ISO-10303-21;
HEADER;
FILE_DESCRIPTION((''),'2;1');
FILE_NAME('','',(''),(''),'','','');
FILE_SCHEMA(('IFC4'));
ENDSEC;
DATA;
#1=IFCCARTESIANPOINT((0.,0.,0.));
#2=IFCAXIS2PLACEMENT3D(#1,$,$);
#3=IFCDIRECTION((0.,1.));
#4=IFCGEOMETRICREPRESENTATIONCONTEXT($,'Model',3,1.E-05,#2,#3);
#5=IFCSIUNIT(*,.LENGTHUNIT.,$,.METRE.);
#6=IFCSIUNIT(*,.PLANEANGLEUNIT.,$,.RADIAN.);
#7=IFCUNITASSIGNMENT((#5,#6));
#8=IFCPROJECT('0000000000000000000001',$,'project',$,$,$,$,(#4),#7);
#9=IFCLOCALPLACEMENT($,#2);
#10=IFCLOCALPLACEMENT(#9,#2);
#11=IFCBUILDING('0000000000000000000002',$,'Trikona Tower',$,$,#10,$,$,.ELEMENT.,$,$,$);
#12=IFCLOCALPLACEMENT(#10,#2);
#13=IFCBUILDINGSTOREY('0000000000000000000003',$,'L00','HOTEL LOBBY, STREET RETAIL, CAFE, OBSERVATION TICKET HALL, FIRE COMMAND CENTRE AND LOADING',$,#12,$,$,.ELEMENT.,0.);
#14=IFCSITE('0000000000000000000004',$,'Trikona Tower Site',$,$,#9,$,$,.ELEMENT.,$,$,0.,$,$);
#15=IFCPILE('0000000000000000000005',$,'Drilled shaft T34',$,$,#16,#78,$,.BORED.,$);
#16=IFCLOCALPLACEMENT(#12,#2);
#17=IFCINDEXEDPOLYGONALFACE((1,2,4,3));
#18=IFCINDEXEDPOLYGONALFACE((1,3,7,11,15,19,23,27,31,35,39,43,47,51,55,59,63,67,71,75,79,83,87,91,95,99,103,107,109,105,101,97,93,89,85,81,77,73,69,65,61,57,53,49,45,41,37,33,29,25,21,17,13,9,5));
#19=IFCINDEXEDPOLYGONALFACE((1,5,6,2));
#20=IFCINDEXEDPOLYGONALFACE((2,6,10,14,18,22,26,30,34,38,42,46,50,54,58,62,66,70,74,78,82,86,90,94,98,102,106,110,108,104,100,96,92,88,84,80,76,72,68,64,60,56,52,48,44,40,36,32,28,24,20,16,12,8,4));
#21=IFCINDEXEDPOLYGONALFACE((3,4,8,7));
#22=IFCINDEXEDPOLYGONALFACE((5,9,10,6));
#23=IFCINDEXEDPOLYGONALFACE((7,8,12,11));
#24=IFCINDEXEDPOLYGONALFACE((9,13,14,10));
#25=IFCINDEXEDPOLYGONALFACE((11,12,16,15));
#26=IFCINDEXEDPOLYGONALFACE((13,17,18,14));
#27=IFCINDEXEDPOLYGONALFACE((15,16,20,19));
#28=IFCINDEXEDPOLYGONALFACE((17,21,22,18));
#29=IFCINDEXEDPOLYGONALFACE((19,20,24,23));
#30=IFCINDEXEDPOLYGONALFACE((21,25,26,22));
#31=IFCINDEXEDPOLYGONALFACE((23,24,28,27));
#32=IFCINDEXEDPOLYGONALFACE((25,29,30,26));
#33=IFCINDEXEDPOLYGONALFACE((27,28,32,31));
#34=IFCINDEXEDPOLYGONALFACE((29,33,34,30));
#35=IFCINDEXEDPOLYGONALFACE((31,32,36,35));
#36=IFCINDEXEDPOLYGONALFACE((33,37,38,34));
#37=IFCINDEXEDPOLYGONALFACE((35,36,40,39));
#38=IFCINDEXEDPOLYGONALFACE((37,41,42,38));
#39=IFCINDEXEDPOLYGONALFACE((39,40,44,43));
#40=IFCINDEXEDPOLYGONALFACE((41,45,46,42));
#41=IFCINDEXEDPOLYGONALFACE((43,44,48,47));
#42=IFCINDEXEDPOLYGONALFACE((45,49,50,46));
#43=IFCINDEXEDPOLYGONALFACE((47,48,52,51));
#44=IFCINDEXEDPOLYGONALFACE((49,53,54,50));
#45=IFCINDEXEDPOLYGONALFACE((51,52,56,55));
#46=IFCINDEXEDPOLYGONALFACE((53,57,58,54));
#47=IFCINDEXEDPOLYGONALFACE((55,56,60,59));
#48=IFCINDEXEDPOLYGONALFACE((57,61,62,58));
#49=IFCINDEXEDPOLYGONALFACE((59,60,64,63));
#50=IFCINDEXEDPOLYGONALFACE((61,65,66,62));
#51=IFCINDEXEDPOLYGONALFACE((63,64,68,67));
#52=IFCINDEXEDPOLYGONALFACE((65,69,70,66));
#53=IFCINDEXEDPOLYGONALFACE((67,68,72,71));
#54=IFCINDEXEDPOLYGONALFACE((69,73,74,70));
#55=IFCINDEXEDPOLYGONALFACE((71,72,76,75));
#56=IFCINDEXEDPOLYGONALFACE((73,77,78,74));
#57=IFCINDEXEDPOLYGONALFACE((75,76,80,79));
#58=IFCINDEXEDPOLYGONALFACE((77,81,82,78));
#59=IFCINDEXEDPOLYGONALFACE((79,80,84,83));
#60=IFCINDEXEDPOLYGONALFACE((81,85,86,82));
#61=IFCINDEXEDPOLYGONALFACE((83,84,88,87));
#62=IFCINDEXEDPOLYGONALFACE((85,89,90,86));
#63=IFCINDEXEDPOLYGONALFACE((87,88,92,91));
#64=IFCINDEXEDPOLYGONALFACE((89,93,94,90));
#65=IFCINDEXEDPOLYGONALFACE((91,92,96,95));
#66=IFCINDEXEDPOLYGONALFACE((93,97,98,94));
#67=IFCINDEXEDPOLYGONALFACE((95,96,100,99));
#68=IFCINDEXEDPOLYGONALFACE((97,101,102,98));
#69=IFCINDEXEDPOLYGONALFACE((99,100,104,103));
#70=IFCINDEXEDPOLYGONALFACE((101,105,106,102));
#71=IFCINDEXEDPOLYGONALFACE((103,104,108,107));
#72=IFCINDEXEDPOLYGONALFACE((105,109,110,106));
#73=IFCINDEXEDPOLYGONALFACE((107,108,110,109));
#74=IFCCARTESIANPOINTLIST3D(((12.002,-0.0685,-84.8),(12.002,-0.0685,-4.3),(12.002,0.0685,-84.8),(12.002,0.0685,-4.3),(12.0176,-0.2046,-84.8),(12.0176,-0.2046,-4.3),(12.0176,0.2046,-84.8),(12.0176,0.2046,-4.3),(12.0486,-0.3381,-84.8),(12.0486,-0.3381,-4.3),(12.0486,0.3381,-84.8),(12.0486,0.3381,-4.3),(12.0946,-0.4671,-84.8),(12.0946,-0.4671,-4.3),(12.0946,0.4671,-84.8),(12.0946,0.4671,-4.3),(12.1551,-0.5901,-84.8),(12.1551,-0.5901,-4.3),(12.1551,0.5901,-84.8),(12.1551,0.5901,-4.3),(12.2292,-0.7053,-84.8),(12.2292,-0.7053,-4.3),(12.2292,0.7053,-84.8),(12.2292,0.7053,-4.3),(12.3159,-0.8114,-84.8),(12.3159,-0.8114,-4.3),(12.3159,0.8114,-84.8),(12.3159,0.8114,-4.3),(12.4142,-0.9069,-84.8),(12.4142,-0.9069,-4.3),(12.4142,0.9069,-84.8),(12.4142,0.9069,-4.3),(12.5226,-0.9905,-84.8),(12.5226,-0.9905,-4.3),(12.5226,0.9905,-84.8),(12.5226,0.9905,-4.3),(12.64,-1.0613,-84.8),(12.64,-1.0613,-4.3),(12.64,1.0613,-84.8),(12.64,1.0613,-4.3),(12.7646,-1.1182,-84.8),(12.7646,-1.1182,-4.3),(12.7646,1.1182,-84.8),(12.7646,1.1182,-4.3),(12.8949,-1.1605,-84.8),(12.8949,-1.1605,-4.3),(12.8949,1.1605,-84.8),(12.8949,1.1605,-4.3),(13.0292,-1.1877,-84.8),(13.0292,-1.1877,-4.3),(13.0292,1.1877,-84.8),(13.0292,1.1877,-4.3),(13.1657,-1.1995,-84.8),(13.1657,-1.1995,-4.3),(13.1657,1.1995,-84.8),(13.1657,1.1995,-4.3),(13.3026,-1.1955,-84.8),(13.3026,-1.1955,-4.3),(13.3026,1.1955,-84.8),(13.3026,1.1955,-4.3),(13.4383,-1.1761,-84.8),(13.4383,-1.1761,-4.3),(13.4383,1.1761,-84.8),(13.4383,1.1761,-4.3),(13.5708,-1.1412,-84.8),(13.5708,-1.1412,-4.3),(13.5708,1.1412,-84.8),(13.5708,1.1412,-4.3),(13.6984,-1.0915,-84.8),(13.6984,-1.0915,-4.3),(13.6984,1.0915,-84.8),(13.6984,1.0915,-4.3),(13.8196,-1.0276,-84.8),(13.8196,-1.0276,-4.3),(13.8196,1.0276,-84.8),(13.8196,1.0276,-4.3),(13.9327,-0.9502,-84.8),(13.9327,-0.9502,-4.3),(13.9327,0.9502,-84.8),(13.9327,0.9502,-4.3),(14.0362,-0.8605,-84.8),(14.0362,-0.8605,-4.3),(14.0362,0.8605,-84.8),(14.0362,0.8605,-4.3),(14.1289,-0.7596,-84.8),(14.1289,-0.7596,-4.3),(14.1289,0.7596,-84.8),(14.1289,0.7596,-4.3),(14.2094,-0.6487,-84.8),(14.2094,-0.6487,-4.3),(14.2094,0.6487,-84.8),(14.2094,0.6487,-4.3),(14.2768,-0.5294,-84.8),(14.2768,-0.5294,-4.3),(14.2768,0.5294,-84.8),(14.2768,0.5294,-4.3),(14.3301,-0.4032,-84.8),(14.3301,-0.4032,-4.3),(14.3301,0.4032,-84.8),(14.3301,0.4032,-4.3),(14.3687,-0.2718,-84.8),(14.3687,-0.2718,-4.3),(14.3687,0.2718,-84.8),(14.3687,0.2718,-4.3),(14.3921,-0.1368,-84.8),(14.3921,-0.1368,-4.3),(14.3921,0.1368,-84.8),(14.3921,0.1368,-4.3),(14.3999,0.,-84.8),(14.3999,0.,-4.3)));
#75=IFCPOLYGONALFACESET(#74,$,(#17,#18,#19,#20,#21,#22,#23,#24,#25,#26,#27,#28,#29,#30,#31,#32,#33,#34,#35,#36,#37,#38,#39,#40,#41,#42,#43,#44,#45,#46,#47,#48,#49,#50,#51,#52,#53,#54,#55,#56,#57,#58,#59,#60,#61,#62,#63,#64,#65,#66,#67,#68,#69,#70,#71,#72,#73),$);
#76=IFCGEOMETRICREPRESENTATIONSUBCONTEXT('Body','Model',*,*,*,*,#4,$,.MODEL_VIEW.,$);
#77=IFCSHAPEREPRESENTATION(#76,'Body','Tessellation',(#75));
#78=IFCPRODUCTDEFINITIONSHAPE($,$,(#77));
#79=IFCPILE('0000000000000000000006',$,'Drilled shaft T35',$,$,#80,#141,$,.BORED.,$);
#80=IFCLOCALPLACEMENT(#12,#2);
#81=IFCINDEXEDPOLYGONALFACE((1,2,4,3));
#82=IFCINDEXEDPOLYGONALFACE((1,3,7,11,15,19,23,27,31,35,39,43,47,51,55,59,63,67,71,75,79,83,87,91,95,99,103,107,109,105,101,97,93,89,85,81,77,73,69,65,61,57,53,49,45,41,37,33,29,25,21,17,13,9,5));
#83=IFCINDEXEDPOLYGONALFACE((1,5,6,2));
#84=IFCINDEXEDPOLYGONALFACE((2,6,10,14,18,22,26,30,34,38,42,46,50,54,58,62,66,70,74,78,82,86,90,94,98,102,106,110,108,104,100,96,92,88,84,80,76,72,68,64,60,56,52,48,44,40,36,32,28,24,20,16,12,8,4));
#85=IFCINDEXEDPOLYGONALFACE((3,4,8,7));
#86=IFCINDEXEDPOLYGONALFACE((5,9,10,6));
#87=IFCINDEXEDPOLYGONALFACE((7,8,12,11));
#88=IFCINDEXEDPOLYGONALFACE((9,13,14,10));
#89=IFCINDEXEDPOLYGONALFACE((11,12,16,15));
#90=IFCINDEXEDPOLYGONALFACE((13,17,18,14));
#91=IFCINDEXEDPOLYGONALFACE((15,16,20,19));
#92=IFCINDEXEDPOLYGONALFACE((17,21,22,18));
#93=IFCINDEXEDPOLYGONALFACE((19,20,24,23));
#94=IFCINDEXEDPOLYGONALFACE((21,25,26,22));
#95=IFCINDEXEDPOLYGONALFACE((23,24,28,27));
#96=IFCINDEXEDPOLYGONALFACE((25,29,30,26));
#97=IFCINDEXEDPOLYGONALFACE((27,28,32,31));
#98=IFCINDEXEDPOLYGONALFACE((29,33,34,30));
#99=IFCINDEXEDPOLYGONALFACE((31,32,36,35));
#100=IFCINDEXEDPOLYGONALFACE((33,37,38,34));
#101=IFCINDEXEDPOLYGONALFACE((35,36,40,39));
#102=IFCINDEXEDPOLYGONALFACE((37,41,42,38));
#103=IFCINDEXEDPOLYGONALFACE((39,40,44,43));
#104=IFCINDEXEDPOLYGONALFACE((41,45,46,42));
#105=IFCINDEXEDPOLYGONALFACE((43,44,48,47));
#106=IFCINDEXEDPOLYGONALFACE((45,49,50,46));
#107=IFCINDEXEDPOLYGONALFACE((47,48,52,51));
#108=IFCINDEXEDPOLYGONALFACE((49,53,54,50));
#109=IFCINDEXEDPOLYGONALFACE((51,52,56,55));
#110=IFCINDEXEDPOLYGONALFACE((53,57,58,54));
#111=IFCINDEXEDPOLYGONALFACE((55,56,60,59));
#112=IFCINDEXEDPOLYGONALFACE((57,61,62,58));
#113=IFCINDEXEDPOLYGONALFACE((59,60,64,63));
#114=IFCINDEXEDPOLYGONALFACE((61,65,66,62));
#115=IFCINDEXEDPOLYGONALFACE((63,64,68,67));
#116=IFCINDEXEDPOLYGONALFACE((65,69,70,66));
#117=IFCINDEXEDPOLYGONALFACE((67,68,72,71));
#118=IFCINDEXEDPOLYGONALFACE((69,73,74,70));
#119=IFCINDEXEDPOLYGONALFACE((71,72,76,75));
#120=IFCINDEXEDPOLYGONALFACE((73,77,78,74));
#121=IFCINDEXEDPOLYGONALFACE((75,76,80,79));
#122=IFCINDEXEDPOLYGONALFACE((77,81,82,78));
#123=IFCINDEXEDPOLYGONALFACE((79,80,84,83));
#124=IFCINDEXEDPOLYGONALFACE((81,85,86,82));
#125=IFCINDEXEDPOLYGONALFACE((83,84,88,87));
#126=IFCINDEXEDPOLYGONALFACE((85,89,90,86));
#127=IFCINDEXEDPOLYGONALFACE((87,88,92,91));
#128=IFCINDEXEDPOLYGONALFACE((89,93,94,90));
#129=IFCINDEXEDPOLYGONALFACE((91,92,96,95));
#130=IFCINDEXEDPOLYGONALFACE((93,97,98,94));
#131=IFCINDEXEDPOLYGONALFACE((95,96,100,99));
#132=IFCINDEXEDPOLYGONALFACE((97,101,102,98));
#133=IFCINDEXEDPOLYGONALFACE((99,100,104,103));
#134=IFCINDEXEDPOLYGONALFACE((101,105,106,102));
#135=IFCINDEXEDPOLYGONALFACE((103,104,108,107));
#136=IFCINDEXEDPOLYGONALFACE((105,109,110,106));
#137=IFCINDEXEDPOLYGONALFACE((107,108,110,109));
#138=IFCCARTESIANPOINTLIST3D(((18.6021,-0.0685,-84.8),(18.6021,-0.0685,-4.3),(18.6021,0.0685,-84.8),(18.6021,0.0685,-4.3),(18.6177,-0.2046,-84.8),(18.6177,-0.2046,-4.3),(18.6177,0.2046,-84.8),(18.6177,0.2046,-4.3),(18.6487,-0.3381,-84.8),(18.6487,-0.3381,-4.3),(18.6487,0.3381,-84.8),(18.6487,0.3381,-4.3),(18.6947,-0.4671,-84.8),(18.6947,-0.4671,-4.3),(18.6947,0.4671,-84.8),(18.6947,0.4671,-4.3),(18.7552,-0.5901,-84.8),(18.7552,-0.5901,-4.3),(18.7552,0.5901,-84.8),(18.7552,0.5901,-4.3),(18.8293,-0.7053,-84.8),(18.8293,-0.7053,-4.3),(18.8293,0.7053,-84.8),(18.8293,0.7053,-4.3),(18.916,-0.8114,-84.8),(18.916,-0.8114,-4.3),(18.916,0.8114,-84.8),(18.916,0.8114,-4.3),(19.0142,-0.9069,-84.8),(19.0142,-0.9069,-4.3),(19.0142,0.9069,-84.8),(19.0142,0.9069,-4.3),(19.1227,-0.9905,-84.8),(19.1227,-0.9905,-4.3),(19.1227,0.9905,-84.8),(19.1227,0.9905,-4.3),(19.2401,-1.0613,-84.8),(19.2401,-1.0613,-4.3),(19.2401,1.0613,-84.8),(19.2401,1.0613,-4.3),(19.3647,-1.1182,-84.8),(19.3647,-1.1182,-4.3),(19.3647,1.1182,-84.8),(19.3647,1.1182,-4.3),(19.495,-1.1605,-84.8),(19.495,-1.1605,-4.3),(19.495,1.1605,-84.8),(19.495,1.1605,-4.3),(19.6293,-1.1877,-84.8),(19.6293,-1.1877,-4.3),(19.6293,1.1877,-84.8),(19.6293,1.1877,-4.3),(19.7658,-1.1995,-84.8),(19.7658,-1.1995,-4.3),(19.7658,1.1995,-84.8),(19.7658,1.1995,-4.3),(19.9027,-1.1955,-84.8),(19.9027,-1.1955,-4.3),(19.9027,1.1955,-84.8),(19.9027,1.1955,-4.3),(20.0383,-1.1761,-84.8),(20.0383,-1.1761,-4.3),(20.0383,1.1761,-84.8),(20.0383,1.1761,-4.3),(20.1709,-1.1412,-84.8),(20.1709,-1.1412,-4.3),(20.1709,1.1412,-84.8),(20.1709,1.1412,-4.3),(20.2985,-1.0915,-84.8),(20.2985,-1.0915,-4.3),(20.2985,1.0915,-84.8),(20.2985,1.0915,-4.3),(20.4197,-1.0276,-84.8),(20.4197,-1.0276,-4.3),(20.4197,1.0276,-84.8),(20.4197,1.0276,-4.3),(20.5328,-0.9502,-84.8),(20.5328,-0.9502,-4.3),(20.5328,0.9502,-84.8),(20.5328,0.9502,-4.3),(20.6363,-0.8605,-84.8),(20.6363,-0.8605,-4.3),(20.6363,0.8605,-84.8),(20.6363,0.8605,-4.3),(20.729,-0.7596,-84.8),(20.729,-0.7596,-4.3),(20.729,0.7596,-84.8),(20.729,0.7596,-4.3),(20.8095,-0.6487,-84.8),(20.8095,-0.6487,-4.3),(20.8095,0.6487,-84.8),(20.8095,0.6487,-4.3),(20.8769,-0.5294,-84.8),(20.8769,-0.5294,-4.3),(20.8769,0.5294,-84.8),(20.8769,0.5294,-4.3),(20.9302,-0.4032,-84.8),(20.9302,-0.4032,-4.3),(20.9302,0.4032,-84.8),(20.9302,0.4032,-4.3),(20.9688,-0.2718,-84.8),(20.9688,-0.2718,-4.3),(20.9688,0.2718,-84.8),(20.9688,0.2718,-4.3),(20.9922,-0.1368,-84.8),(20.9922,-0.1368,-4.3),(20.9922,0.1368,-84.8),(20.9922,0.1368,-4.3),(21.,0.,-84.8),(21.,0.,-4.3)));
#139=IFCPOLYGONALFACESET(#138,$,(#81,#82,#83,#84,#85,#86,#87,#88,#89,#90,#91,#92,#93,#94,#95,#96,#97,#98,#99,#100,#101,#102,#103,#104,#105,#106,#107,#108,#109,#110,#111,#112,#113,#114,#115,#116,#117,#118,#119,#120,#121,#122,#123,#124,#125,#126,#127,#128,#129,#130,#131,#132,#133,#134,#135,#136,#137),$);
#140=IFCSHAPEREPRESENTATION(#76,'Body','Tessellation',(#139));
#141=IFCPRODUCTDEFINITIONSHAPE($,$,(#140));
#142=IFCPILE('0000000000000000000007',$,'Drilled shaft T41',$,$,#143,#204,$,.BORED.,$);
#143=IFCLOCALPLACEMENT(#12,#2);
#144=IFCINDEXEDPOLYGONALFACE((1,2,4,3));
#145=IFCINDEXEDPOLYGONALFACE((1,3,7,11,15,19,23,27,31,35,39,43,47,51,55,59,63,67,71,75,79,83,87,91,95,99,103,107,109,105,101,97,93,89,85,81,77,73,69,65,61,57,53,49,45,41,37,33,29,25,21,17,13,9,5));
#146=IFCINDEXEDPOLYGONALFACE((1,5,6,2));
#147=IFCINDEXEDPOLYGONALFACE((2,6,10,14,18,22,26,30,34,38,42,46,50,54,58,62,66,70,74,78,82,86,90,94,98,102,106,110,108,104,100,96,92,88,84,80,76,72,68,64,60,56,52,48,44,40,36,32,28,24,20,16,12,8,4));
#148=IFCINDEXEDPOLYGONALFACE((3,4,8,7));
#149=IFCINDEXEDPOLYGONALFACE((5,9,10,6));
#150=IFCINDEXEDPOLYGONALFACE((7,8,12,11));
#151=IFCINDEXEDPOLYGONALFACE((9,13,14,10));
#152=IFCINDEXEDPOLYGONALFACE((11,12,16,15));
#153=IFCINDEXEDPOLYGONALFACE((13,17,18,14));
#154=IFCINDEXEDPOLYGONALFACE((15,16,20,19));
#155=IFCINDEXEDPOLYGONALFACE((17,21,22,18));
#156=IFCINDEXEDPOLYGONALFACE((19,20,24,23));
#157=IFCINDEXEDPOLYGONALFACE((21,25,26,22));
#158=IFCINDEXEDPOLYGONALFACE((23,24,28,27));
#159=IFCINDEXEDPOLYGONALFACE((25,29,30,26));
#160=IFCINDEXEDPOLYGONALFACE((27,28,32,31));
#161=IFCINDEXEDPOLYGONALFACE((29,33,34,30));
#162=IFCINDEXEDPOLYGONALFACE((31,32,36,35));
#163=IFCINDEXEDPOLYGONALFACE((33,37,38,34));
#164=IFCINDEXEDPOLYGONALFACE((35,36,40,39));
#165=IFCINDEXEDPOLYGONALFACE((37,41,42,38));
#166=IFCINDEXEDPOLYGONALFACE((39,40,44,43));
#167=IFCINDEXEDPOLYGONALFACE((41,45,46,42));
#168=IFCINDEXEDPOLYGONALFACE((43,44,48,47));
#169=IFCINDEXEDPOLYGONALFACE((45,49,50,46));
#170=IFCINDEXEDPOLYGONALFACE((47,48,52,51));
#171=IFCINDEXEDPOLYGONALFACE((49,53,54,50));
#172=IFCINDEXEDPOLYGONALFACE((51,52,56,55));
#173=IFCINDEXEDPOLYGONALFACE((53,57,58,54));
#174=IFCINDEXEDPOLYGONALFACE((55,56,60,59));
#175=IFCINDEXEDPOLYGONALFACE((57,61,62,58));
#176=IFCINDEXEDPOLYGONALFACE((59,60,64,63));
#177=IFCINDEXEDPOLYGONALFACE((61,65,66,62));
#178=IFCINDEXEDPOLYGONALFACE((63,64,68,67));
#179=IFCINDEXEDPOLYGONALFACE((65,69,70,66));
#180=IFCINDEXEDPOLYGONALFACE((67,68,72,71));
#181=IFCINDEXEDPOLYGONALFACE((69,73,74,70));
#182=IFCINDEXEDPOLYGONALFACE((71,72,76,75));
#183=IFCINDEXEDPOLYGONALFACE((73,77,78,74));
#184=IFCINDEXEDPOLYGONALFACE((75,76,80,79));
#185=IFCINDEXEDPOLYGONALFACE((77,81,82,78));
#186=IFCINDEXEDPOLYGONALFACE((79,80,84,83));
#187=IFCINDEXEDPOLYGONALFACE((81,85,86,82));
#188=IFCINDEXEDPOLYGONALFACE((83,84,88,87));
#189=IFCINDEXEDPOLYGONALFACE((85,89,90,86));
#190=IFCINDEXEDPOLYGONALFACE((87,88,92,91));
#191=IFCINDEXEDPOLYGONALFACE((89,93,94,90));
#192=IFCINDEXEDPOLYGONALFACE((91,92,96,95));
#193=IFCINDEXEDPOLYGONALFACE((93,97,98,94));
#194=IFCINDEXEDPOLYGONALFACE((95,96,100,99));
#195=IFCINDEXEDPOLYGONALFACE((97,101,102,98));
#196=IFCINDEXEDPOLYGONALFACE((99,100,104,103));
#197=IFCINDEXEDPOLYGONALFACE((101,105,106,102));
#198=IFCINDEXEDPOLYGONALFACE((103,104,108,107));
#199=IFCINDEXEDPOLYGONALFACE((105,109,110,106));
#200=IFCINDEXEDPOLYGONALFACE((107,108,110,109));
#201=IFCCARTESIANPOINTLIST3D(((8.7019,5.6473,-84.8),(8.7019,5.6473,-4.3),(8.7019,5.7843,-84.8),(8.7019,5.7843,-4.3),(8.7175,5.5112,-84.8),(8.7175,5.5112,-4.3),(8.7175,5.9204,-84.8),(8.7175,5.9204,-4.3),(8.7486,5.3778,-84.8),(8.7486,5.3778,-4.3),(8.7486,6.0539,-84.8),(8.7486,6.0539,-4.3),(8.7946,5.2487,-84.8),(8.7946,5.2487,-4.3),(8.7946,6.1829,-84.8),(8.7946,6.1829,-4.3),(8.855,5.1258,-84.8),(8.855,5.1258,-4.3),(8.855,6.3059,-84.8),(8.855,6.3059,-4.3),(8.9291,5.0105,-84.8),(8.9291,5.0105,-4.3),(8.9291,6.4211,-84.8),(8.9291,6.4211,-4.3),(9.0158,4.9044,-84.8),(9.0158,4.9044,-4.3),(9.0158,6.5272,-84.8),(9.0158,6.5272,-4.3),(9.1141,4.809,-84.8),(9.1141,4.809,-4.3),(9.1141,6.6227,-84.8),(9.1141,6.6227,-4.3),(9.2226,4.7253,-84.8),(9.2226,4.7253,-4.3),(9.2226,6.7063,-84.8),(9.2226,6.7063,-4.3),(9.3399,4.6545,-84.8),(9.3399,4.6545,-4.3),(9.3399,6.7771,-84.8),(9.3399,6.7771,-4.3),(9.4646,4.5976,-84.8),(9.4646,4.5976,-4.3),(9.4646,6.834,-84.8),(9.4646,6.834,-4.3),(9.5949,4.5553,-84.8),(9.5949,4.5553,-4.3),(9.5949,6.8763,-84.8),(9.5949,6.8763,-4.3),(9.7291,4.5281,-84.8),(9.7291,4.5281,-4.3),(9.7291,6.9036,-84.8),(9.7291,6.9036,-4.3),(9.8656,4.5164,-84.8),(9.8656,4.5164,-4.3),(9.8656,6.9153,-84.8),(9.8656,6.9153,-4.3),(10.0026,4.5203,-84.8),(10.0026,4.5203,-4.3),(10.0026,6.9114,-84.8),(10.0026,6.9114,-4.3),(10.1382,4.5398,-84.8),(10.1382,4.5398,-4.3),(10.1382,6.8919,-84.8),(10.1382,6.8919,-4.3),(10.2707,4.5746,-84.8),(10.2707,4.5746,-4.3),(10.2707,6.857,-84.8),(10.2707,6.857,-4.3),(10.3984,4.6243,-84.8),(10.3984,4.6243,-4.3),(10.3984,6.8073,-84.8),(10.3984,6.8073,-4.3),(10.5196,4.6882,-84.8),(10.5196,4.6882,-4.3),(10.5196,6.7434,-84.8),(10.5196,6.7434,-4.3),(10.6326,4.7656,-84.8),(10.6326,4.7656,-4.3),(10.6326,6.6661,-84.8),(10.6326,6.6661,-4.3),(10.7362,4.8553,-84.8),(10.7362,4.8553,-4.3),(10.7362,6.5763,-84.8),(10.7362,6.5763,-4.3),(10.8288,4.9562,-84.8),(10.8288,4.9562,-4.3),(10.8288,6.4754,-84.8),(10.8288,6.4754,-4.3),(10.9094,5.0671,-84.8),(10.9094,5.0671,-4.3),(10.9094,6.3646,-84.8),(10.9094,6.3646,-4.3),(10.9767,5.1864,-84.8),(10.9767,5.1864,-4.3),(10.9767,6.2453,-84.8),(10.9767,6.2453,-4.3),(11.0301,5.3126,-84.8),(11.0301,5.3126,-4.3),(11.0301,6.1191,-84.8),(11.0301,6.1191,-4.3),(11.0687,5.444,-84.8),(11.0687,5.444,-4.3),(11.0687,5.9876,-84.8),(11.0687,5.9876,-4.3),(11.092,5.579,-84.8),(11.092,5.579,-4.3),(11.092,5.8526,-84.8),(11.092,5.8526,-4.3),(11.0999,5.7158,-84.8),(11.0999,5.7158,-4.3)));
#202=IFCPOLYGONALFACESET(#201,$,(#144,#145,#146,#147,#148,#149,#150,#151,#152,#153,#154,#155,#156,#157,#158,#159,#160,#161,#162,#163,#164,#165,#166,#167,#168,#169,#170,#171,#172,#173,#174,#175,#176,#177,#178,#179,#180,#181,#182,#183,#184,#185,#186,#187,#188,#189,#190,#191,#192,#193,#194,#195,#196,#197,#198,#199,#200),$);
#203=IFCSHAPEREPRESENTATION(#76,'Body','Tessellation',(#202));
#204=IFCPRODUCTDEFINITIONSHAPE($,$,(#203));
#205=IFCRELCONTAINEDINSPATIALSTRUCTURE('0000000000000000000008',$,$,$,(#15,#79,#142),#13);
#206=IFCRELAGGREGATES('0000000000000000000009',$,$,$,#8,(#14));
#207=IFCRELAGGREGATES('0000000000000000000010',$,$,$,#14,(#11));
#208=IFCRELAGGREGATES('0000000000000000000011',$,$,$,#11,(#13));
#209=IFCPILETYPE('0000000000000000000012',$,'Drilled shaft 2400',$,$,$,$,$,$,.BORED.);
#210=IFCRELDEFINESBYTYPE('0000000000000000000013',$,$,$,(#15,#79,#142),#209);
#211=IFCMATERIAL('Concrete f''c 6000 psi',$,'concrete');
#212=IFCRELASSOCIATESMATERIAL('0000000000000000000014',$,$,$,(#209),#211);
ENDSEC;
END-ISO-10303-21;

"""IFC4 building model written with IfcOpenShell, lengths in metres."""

from ifc_helpers import new_model, si_unit, direction, frame, origin, origin_2d, place, context, subcontext, project, spatial, circle, extrude, material, type_object, element, save


model = new_model("IFC4")

# Units and contexts
model_context = context("Model", 3, precision=1e-05, world=origin(), true_north=direction((0.0, 1.0)))
body_context = subcontext(model_context, "Body", "Model", "MODEL_VIEW")
ifc_project = project(units=[si_unit("LENGTHUNIT", "METRE"), si_unit("PLANEANGLEUNIT", "RADIAN")], contexts=[model_context])

# Site, building, storey
site_placement = place(None, origin())
site = spatial("IfcSite", under=ifc_project, at=site_placement, Name="Trikona Tower Site", CompositionType="ELEMENT", RefElevation=0.0)
building_placement = place(site_placement, origin())
building = spatial("IfcBuilding", under=site, at=building_placement, Name="Trikona Tower", CompositionType="ELEMENT")
storey_placement = place(building_placement, origin())
storey = spatial("IfcBuildingStorey", under=building, at=storey_placement, Name="L00", Description="HOTEL LOBBY, STREET RETAIL, CAFE, OBSERVATION TICKET HALL, FIRE COMMAND CENTRE AND LOADING", CompositionType="ELEMENT", Elevation=0.0)

# Piles
ifc_material_1 = material(Name="Concrete f'c 6000 psi", Category="concrete")
pile_type = type_object("IfcPileType", Name="Drilled shaft 2400", PredefinedType="BORED", material=ifc_material_1)
for number, where, z_axis, x_axis, name in (
    (1, (13.2, 0.0, -4.3), (0.0, 0.0, -1.0), (1.0, 0.0, 0.0), "Drilled shaft T34"),
    (2, (19.8, 0.0, -4.3), (0.0, 0.0, -1.0), (1.0, 0.0, 0.0), "Drilled shaft T35"),
    (3, (9.8999, 5.7158, -4.3), (0.0, 0.0, -1.0), (1.0, 0.0, 0.0), "Drilled shaft T41"),
):
    element("IfcPile", number, at=place(storey_placement, frame(where, z_axis=z_axis, x_axis=x_axis)), inside=storey, type_object=pile_type, Name=name, PredefinedType="BORED", context=body_context, shape_type="SweptSolid", body=[
        extrude(circle(Radius=1.2, at=origin_2d()), origin(), (0.0, 0.0, 1.0), 80.5),
    ])

save(model, "model.ifc")
